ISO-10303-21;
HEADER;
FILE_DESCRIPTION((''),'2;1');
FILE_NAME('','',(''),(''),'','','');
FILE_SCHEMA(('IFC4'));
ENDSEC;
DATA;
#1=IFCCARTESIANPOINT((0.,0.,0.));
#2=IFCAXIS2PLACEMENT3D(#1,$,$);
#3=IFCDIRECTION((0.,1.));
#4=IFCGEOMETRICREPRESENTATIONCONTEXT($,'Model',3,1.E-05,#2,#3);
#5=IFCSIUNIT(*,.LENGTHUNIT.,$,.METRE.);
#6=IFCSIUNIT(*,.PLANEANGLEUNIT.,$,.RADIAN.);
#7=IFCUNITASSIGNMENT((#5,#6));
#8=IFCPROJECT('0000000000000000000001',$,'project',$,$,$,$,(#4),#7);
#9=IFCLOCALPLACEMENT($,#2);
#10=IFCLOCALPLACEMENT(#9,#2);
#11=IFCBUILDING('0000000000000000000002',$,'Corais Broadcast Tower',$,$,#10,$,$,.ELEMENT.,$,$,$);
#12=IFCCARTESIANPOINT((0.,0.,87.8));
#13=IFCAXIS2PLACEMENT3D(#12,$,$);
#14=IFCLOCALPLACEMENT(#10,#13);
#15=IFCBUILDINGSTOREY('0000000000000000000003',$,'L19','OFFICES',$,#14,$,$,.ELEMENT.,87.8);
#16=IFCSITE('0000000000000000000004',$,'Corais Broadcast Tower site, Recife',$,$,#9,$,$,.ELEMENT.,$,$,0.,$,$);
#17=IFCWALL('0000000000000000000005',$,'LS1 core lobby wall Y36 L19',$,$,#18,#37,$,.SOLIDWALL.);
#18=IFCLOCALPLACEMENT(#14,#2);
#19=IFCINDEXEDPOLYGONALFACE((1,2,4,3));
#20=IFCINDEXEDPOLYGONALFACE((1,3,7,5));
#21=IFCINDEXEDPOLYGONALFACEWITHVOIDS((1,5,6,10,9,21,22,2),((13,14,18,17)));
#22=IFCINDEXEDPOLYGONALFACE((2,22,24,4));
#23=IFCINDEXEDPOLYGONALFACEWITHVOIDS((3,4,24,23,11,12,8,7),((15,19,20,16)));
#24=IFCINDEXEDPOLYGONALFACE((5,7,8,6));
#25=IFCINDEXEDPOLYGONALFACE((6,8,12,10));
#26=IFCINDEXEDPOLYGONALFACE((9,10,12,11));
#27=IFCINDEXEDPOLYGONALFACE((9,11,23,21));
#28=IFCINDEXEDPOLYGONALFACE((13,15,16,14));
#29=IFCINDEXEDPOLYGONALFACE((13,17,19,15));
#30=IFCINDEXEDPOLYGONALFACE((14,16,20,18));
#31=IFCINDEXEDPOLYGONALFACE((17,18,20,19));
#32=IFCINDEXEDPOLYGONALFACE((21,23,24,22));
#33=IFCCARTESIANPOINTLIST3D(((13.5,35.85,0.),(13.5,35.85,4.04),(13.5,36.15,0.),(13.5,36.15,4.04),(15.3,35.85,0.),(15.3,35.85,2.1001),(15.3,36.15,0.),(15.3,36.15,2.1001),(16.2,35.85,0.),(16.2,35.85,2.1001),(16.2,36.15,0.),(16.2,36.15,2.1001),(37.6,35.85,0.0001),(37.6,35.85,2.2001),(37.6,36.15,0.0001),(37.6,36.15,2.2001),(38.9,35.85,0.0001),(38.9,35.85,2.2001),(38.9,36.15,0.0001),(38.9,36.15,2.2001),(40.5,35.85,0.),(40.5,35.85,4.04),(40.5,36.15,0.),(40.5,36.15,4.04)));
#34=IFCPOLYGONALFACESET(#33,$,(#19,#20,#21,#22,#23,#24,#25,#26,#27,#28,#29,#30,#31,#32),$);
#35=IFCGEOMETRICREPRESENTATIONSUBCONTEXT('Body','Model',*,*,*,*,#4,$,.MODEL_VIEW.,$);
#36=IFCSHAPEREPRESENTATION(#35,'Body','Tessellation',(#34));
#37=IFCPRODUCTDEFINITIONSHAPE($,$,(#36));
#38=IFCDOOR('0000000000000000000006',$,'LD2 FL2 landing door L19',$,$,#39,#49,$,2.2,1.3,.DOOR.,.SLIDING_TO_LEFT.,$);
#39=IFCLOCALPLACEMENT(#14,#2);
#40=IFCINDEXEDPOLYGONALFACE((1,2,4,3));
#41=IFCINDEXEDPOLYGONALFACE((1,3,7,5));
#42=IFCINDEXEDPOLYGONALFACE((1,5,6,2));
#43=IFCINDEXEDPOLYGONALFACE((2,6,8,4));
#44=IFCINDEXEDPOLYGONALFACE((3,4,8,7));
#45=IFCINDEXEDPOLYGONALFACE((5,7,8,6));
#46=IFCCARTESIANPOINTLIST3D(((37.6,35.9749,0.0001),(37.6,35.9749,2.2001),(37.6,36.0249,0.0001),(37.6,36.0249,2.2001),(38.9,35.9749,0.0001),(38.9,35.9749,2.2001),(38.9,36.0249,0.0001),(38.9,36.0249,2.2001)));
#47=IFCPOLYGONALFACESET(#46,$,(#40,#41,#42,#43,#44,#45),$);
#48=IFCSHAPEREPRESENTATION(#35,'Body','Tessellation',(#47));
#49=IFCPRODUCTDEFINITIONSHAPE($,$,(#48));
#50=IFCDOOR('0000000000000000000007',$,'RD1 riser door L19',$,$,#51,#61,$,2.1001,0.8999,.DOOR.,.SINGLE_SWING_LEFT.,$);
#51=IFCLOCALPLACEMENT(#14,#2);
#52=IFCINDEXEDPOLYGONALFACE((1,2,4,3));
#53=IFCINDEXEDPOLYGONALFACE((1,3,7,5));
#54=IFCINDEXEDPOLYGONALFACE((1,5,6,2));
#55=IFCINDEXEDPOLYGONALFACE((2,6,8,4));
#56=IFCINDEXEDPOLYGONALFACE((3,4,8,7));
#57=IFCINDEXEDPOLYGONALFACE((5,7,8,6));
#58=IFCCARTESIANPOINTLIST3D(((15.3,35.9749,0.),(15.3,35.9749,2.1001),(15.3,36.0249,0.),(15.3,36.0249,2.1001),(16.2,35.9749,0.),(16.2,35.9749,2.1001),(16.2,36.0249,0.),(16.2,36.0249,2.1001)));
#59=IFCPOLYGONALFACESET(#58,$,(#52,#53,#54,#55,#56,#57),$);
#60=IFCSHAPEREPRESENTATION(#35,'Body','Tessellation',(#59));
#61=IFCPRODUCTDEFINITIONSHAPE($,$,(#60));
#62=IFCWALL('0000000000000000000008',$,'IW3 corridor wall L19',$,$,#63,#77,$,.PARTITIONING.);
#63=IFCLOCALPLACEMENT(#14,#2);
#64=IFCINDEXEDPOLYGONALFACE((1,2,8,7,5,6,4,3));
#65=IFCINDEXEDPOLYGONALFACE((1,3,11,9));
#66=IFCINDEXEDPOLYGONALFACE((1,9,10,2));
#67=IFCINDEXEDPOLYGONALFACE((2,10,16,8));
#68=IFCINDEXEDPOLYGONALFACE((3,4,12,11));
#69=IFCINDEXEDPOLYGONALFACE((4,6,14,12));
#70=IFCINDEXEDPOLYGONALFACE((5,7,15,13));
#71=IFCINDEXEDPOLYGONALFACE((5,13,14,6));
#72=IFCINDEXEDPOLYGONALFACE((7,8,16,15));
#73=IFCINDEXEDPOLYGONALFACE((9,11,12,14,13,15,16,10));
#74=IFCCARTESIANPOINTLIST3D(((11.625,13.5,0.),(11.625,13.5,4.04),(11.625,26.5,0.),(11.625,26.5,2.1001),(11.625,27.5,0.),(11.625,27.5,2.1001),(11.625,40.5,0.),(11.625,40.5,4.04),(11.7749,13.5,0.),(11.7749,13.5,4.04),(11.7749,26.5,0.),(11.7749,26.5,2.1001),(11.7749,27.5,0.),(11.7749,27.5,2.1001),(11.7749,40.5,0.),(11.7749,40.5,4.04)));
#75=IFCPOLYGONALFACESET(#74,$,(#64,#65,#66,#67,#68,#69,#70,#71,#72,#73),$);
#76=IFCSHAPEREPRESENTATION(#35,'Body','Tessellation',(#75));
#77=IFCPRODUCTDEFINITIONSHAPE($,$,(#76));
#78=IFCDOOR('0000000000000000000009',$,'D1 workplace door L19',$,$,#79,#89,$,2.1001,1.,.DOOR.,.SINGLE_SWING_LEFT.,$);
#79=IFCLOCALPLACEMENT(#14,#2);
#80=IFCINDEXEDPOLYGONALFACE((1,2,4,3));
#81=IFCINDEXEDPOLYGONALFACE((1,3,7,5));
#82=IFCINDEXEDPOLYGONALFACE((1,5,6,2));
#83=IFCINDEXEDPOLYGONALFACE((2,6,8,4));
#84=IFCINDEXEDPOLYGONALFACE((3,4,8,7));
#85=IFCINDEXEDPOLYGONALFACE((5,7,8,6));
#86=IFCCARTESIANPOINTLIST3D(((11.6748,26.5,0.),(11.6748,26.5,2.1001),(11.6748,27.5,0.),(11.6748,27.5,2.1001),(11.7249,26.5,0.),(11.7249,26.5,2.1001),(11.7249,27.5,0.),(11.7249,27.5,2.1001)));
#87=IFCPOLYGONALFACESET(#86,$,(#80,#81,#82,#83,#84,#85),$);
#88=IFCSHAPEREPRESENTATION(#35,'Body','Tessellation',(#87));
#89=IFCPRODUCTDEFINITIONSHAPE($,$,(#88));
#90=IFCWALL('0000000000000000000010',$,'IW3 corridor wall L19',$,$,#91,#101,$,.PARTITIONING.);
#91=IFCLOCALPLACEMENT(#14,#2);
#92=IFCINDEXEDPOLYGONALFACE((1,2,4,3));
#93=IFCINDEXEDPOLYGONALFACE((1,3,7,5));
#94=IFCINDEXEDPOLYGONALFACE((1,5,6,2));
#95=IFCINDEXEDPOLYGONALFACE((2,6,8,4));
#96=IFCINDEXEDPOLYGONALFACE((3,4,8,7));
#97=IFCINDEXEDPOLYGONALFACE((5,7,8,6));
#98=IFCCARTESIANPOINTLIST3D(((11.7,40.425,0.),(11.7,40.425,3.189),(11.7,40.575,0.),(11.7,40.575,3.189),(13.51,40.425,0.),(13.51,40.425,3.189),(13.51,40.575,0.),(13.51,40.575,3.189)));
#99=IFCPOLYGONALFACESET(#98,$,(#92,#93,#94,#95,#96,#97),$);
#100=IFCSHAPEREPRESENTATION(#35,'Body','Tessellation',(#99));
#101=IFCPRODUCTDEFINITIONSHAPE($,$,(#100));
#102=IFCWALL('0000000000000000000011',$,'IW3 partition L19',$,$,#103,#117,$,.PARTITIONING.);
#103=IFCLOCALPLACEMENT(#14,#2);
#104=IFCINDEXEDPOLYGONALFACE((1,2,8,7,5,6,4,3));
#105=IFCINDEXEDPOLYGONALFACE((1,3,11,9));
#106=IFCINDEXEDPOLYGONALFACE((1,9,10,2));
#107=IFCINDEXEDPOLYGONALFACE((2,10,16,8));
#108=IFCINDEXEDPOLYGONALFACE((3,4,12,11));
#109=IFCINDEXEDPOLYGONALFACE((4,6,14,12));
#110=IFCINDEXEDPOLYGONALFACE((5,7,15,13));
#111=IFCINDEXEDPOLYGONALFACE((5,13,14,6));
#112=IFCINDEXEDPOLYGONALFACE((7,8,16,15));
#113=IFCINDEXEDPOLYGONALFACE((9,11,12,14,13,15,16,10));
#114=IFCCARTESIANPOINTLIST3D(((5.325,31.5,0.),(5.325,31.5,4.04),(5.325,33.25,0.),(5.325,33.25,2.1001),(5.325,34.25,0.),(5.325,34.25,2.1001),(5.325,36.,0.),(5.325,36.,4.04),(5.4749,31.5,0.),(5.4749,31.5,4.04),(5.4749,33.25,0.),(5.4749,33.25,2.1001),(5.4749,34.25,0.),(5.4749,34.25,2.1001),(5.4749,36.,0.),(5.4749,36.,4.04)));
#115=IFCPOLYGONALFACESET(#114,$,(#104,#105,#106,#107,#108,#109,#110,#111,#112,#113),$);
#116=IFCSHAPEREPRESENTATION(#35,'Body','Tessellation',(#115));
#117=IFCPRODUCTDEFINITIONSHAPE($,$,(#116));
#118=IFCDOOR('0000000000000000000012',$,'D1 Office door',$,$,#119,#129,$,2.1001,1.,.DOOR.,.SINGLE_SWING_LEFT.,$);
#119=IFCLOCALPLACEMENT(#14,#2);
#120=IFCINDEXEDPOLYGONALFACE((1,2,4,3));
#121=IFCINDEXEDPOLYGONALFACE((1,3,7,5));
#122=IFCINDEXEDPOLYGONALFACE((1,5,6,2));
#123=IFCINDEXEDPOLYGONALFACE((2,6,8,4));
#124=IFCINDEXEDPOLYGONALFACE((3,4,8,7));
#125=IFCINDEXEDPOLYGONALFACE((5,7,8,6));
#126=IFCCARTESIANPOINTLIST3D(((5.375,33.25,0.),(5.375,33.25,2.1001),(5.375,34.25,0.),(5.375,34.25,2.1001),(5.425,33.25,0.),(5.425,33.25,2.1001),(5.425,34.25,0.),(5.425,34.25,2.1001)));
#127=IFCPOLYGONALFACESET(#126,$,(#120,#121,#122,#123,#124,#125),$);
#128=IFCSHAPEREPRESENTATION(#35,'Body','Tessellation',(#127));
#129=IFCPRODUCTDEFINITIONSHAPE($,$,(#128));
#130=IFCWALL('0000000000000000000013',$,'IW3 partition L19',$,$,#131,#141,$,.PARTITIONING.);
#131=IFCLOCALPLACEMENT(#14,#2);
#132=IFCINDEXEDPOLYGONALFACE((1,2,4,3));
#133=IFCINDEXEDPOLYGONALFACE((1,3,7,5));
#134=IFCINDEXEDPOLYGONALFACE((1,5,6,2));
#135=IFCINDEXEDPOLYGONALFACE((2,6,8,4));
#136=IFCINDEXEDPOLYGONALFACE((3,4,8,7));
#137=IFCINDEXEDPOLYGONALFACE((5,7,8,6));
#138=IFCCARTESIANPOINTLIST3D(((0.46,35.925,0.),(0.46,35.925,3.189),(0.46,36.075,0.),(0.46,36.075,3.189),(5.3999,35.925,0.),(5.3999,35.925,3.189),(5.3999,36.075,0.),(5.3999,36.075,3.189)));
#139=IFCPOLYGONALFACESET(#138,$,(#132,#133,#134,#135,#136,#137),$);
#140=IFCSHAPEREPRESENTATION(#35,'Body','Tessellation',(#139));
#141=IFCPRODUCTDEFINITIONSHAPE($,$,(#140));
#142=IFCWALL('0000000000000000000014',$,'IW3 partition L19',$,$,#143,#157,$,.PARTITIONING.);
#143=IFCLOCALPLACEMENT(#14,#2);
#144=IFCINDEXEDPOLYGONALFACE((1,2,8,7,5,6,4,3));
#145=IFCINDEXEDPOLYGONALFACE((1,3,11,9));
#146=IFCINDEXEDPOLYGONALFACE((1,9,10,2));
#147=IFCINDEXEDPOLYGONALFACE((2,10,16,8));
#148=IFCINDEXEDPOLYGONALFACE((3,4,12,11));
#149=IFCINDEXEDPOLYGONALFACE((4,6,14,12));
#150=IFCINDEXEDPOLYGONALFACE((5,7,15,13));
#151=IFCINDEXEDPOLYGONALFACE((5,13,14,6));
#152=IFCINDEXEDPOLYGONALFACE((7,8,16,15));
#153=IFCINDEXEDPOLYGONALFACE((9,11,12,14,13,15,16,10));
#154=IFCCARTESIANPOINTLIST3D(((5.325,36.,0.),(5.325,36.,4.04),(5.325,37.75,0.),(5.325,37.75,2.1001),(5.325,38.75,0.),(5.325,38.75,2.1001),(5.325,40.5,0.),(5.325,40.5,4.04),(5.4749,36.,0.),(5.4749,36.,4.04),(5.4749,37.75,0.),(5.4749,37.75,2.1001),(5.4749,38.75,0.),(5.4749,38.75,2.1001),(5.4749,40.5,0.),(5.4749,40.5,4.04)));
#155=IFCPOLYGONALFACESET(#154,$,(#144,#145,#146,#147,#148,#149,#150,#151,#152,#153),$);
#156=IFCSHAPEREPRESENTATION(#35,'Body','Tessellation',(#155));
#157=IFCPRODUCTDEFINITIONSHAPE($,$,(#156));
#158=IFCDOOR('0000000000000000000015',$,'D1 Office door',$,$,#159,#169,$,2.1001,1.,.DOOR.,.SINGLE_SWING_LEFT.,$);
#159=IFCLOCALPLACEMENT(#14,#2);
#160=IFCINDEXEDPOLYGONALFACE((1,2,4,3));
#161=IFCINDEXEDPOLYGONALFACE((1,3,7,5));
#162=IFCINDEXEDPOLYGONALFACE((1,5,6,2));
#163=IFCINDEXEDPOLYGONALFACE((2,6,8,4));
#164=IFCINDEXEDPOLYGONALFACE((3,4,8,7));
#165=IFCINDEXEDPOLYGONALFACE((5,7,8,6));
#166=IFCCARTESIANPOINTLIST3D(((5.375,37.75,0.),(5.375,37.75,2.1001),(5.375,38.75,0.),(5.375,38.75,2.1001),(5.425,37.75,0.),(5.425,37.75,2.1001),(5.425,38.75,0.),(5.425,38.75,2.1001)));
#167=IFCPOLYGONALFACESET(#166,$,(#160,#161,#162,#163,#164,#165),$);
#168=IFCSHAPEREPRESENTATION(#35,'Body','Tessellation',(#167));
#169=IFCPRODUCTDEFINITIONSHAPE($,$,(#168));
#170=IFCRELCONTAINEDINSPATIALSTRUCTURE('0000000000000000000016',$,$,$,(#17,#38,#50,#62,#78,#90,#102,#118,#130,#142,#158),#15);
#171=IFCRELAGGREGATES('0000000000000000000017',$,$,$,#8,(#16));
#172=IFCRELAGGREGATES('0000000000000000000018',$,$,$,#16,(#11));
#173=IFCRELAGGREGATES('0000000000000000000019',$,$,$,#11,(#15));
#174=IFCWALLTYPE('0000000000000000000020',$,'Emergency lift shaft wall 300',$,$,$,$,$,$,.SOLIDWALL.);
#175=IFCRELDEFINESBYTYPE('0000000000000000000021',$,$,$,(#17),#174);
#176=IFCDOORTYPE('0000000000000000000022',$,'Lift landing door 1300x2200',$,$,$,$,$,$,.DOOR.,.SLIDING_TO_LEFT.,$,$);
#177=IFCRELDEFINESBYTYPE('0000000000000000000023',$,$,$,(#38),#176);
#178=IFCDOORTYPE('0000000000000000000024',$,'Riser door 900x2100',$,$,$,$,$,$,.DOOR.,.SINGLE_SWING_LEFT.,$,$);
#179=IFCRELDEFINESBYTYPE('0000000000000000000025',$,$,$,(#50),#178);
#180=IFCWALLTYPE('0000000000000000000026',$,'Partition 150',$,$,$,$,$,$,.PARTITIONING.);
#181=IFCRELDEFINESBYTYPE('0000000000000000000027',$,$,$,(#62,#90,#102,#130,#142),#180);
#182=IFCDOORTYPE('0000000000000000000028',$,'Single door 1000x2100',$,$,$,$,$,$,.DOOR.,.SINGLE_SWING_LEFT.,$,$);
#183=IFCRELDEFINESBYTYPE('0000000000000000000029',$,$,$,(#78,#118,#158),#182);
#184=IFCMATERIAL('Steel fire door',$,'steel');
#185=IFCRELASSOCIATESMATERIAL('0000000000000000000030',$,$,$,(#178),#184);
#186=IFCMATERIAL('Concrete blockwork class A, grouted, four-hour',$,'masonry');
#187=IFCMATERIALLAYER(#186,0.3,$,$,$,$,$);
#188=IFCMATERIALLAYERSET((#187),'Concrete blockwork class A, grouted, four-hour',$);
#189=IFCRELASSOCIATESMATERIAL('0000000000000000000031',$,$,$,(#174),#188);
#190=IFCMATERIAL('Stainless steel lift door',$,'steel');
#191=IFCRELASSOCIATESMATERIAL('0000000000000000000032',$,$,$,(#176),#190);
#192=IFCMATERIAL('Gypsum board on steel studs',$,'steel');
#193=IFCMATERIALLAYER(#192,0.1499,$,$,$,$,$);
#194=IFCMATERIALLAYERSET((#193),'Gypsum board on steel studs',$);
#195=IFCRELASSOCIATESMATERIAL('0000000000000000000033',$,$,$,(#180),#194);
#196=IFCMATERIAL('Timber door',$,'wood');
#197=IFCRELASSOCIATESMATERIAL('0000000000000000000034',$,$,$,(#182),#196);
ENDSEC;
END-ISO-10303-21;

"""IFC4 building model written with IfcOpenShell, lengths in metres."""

from ifc_helpers import new_model, si_unit, direction, frame, frame_2d, origin, place, context, subcontext, project, spatial, rectangle, extrude, material, layer, layer_set, type_object, element, fill, save


model = new_model("IFC4")

# Units and contexts
model_context = context("Model", 3, precision=1e-05, world=origin(), true_north=direction((0.0, 1.0)))
body_context = subcontext(model_context, "Body", "Model", "MODEL_VIEW")
ifc_project = project(units=[si_unit("LENGTHUNIT", "METRE"), si_unit("PLANEANGLEUNIT", "RADIAN")], contexts=[model_context])

# Site, building, storey
site_placement = place(None, origin())
site = spatial("IfcSite", under=ifc_project, at=site_placement, Name="Corais Broadcast Tower site, Recife", CompositionType="ELEMENT", RefElevation=0.0)
building_placement = place(site_placement, origin())
building = spatial("IfcBuilding", under=site, at=building_placement, Name="Corais Broadcast Tower", CompositionType="ELEMENT")
storey_placement = place(building_placement, frame((0.0, 0.0, 87.8)))
storey = spatial("IfcBuildingStorey", under=building, at=storey_placement, Name="L19", Description="OFFICES", CompositionType="ELEMENT", Elevation=87.8)

# Wall, openings, doors
ifc_material_1 = material(Name="Steel fire door", Category="steel")
door_type_1 = type_object("IfcDoorType", Name="Riser door 900x2100", OperationType="SINGLE_SWING_LEFT", PredefinedType="DOOR", material=ifc_material_1)
ifc_material_2 = material(Name="Concrete blockwork class A, grouted, four-hour", Category="masonry")
ifc_layer_1 = layer(ifc_material_2, 0.3)
ifc_layer_set_1 = layer_set([ifc_layer_1], Name="Concrete blockwork class A, grouted, four-hour")
wall_type_1 = type_object("IfcWallType", Name="Emergency lift shaft wall 300", PredefinedType="SOLIDWALL", material=ifc_layer_set_1)
wall_1_placement = place(storey_placement, frame((13.5, 36.0, 0.0), z_axis=(0.0, 0.0, 1.0), x_axis=(1.0, 0.0, 0.0)))
wall_1 = element("IfcWall", 1, at=wall_1_placement, inside=storey, type_object=wall_type_1, Name="LS1 core lobby wall Y36 L19", PredefinedType="SOLIDWALL", context=body_context, shape_type="SweptSolid", body=[
    extrude(rectangle(XDim=27.0, YDim=0.3, at=frame_2d((13.5, 0.0))), origin(), (0.0, 0.0, 1.0), 4.04),
])
opening_1_placement = place(wall_1_placement, frame((1.8, 0.0, 0.0)))
opening_1 = element("IfcOpeningElement", 2, at=opening_1_placement, cuts=wall_1, PredefinedType="OPENING", context=body_context, shape_type="SweptSolid", body=[
    extrude(rectangle(XDim=0.8999, YDim=2.1001, at=frame_2d((0.45, 1.05))), frame((0.0, 0.1599, 0.0), z_axis=(0.0, -1.0, 0.0), x_axis=(1.0, 0.0, 0.0)), (0.0, 0.0, 1.0), 0.3201),
])
opening_2_placement = place(wall_1_placement, frame((24.1001, 0.0, 0.0)))
opening_2 = element("IfcOpeningElement", 3, at=opening_2_placement, cuts=wall_1, PredefinedType="OPENING", context=body_context, shape_type="SweptSolid", body=[
    extrude(rectangle(XDim=1.3, YDim=2.2, at=frame_2d((0.6499, 1.1001))), frame((0.0, 0.1599, 0.0), z_axis=(0.0, -1.0, 0.0), x_axis=(1.0, 0.0, 0.0)), (0.0, 0.0, 1.0), 0.3201),
])
ifc_material_3 = material(Name="Stainless steel lift door", Category="steel")
door_type_2 = type_object("IfcDoorType", Name="Lift landing door 1300x2200", OperationType="SLIDING_TO_LEFT", PredefinedType="DOOR", material=ifc_material_3)
door_1_placement = place(opening_2_placement, origin())
door_1 = element("IfcDoor", 4, at=door_1_placement, inside=storey, type_object=door_type_2, Name="LD2 FL2 landing door L19", OperationType="SLIDING_TO_LEFT", OverallHeight=2.2, OverallWidth=1.3, PredefinedType="DOOR", context=body_context, shape_type="SweptSolid", body=[
    extrude(rectangle(XDim=1.3, YDim=2.2, at=frame_2d((0.6499, 1.1001))), frame((0.0, 0.0249, 0.0), z_axis=(0.0, -1.0, 0.0), x_axis=(1.0, 0.0, 0.0)), (0.0, 0.0, 1.0), 0.05),
])
fill(opening_2, door_1)
door_2_placement = place(opening_1_placement, origin())
door_2 = element("IfcDoor", 5, at=door_2_placement, inside=storey, type_object=door_type_1, Name="RD1 riser door L19", OperationType="SINGLE_SWING_LEFT", OverallHeight=2.1001, OverallWidth=0.8999, PredefinedType="DOOR", context=body_context, shape_type="SweptSolid", body=[
    extrude(rectangle(XDim=0.8999, YDim=2.1001, at=frame_2d((0.45, 1.05))), frame((0.0, 0.0249, 0.0), z_axis=(0.0, -1.0, 0.0), x_axis=(1.0, 0.0, 0.0)), (0.0, 0.0, 1.0), 0.05),
])
fill(opening_1, door_2)

# Wall, opening, door
ifc_material_4 = material(Name="Gypsum board on steel studs", Category="steel")
ifc_layer_2 = layer(ifc_material_4, 0.1499)
ifc_layer_set_2 = layer_set([ifc_layer_2], Name="Gypsum board on steel studs")
wall_type_2 = type_object("IfcWallType", Name="Partition 150", PredefinedType="PARTITIONING", material=ifc_layer_set_2)
wall_2_placement = place(storey_placement, frame((11.7, 40.5, 0.0), z_axis=(0.0, 0.0, 1.0), x_axis=(0.0, -1.0, 0.0)))
wall_2 = element("IfcWall", 6, at=wall_2_placement, inside=storey, type_object=wall_type_2, Name="IW3 corridor wall L19", PredefinedType="PARTITIONING", context=body_context, shape_type="SweptSolid", body=[
    extrude(rectangle(XDim=27.0, YDim=0.1499, at=frame_2d((13.5, 0.0))), origin(), (0.0, 0.0, 1.0), 4.04),
])
opening_3_placement = place(wall_2_placement, frame((13.0, 0.0, 0.0)))
opening_3 = element("IfcOpeningElement", 7, at=opening_3_placement, cuts=wall_2, PredefinedType="OPENING", context=body_context, shape_type="SweptSolid", body=[
    extrude(rectangle(XDim=1.0, YDim=2.1001, at=frame_2d((0.5, 1.05))), frame((0.0, 0.085, 0.0), z_axis=(0.0, -1.0, 0.0), x_axis=(1.0, 0.0, 0.0)), (0.0, 0.0, 1.0), 0.1699),
])
ifc_material_5 = material(Name="Timber door", Category="wood")
door_type_3 = type_object("IfcDoorType", Name="Single door 1000x2100", OperationType="SINGLE_SWING_LEFT", PredefinedType="DOOR", material=ifc_material_5)
door_3_placement = place(opening_3_placement, origin())
door_3 = element("IfcDoor", 8, at=door_3_placement, inside=storey, type_object=door_type_3, Name="D1 workplace door L19", OperationType="SINGLE_SWING_LEFT", OverallHeight=2.1001, OverallWidth=1.0, PredefinedType="DOOR", context=body_context, shape_type="SweptSolid", body=[
    extrude(rectangle(XDim=1.0, YDim=2.1001, at=frame_2d((0.5, 1.05))), frame((0.0, 0.0249, 0.0), z_axis=(0.0, -1.0, 0.0), x_axis=(1.0, 0.0, 0.0)), (0.0, 0.0, 1.0), 0.05),
])
fill(opening_3, door_3)

# Wall
wall_3_placement = place(storey_placement, frame((13.51, 40.5, 0.0), z_axis=(0.0, 0.0, 1.0), x_axis=(-1.0, 0.0, 0.0)))
element("IfcWall", 9, at=wall_3_placement, inside=storey, type_object=wall_type_2, Name="IW3 corridor wall L19", PredefinedType="PARTITIONING", context=body_context, shape_type="SweptSolid", body=[
    extrude(rectangle(XDim=1.8101, YDim=0.1499, at=frame_2d((0.905, 0.0))), origin(), (0.0, 0.0, 1.0), 3.189),
])

# Wall, opening, door
wall_4_placement = place(storey_placement, frame((5.3999, 31.5, 0.0), z_axis=(0.0, 0.0, 1.0), x_axis=(0.0, 1.0, 0.0)))
wall_4 = element("IfcWall", 10, at=wall_4_placement, inside=storey, type_object=wall_type_2, Name="IW3 partition L19", PredefinedType="PARTITIONING", context=body_context, shape_type="SweptSolid", body=[
    extrude(rectangle(XDim=4.5, YDim=0.1499, at=frame_2d((2.25, 0.0))), origin(), (0.0, 0.0, 1.0), 4.04),
])
opening_4_placement = place(wall_4_placement, frame((1.75, 0.0, 0.0)))
opening_4 = element("IfcOpeningElement", 11, at=opening_4_placement, cuts=wall_4, PredefinedType="OPENING", context=body_context, shape_type="SweptSolid", body=[
    extrude(rectangle(XDim=1.0, YDim=2.1001, at=frame_2d((0.5, 1.05))), frame((0.0, 0.085, 0.0), z_axis=(0.0, -1.0, 0.0), x_axis=(1.0, 0.0, 0.0)), (0.0, 0.0, 1.0), 0.1699),
])
door_4_placement = place(opening_4_placement, origin())
door_4 = element("IfcDoor", 12, at=door_4_placement, inside=storey, type_object=door_type_3, Name="D1 Office door", OperationType="SINGLE_SWING_LEFT", OverallHeight=2.1001, OverallWidth=1.0, PredefinedType="DOOR", context=body_context, shape_type="SweptSolid", body=[
    extrude(rectangle(XDim=1.0, YDim=2.1001, at=frame_2d((0.5, 1.05))), frame((0.0, 0.0249, 0.0), z_axis=(0.0, -1.0, 0.0), x_axis=(1.0, 0.0, 0.0)), (0.0, 0.0, 1.0), 0.05),
])
fill(opening_4, door_4)

# Wall
wall_5_placement = place(storey_placement, frame((5.3999, 36.0, 0.0), z_axis=(0.0, 0.0, 1.0), x_axis=(-1.0, 0.0, 0.0)))
element("IfcWall", 13, at=wall_5_placement, inside=storey, type_object=wall_type_2, Name="IW3 partition L19", PredefinedType="PARTITIONING", context=body_context, shape_type="SweptSolid", body=[
    extrude(rectangle(XDim=4.9399, YDim=0.1499, at=frame_2d((2.47, 0.0))), origin(), (0.0, 0.0, 1.0), 3.189),
])

# Wall, opening, door
wall_6_placement = place(storey_placement, frame((5.3999, 36.0, 0.0), z_axis=(0.0, 0.0, 1.0), x_axis=(0.0, 1.0, 0.0)))
wall_6 = element("IfcWall", 14, at=wall_6_placement, inside=storey, type_object=wall_type_2, Name="IW3 partition L19", PredefinedType="PARTITIONING", context=body_context, shape_type="SweptSolid", body=[
    extrude(rectangle(XDim=4.5, YDim=0.1499, at=frame_2d((2.25, 0.0))), origin(), (0.0, 0.0, 1.0), 4.04),
])
opening_5_placement = place(wall_6_placement, frame((1.75, 0.0, 0.0)))
opening_5 = element("IfcOpeningElement", 15, at=opening_5_placement, cuts=wall_6, PredefinedType="OPENING", context=body_context, shape_type="SweptSolid", body=[
    extrude(rectangle(XDim=1.0, YDim=2.1001, at=frame_2d((0.5, 1.05))), frame((0.0, 0.085, 0.0), z_axis=(0.0, -1.0, 0.0), x_axis=(1.0, 0.0, 0.0)), (0.0, 0.0, 1.0), 0.1699),
])
door_5_placement = place(opening_5_placement, origin())
door_5 = element("IfcDoor", 16, at=door_5_placement, inside=storey, type_object=door_type_3, Name="D1 Office door", OperationType="SINGLE_SWING_LEFT", OverallHeight=2.1001, OverallWidth=1.0, PredefinedType="DOOR", context=body_context, shape_type="SweptSolid", body=[
    extrude(rectangle(XDim=1.0, YDim=2.1001, at=frame_2d((0.5, 1.05))), frame((0.0, 0.0249, 0.0), z_axis=(0.0, -1.0, 0.0), x_axis=(1.0, 0.0, 0.0)), (0.0, 0.0, 1.0), 0.05),
])
fill(opening_5, door_5)

save(model, "model.ifc")
